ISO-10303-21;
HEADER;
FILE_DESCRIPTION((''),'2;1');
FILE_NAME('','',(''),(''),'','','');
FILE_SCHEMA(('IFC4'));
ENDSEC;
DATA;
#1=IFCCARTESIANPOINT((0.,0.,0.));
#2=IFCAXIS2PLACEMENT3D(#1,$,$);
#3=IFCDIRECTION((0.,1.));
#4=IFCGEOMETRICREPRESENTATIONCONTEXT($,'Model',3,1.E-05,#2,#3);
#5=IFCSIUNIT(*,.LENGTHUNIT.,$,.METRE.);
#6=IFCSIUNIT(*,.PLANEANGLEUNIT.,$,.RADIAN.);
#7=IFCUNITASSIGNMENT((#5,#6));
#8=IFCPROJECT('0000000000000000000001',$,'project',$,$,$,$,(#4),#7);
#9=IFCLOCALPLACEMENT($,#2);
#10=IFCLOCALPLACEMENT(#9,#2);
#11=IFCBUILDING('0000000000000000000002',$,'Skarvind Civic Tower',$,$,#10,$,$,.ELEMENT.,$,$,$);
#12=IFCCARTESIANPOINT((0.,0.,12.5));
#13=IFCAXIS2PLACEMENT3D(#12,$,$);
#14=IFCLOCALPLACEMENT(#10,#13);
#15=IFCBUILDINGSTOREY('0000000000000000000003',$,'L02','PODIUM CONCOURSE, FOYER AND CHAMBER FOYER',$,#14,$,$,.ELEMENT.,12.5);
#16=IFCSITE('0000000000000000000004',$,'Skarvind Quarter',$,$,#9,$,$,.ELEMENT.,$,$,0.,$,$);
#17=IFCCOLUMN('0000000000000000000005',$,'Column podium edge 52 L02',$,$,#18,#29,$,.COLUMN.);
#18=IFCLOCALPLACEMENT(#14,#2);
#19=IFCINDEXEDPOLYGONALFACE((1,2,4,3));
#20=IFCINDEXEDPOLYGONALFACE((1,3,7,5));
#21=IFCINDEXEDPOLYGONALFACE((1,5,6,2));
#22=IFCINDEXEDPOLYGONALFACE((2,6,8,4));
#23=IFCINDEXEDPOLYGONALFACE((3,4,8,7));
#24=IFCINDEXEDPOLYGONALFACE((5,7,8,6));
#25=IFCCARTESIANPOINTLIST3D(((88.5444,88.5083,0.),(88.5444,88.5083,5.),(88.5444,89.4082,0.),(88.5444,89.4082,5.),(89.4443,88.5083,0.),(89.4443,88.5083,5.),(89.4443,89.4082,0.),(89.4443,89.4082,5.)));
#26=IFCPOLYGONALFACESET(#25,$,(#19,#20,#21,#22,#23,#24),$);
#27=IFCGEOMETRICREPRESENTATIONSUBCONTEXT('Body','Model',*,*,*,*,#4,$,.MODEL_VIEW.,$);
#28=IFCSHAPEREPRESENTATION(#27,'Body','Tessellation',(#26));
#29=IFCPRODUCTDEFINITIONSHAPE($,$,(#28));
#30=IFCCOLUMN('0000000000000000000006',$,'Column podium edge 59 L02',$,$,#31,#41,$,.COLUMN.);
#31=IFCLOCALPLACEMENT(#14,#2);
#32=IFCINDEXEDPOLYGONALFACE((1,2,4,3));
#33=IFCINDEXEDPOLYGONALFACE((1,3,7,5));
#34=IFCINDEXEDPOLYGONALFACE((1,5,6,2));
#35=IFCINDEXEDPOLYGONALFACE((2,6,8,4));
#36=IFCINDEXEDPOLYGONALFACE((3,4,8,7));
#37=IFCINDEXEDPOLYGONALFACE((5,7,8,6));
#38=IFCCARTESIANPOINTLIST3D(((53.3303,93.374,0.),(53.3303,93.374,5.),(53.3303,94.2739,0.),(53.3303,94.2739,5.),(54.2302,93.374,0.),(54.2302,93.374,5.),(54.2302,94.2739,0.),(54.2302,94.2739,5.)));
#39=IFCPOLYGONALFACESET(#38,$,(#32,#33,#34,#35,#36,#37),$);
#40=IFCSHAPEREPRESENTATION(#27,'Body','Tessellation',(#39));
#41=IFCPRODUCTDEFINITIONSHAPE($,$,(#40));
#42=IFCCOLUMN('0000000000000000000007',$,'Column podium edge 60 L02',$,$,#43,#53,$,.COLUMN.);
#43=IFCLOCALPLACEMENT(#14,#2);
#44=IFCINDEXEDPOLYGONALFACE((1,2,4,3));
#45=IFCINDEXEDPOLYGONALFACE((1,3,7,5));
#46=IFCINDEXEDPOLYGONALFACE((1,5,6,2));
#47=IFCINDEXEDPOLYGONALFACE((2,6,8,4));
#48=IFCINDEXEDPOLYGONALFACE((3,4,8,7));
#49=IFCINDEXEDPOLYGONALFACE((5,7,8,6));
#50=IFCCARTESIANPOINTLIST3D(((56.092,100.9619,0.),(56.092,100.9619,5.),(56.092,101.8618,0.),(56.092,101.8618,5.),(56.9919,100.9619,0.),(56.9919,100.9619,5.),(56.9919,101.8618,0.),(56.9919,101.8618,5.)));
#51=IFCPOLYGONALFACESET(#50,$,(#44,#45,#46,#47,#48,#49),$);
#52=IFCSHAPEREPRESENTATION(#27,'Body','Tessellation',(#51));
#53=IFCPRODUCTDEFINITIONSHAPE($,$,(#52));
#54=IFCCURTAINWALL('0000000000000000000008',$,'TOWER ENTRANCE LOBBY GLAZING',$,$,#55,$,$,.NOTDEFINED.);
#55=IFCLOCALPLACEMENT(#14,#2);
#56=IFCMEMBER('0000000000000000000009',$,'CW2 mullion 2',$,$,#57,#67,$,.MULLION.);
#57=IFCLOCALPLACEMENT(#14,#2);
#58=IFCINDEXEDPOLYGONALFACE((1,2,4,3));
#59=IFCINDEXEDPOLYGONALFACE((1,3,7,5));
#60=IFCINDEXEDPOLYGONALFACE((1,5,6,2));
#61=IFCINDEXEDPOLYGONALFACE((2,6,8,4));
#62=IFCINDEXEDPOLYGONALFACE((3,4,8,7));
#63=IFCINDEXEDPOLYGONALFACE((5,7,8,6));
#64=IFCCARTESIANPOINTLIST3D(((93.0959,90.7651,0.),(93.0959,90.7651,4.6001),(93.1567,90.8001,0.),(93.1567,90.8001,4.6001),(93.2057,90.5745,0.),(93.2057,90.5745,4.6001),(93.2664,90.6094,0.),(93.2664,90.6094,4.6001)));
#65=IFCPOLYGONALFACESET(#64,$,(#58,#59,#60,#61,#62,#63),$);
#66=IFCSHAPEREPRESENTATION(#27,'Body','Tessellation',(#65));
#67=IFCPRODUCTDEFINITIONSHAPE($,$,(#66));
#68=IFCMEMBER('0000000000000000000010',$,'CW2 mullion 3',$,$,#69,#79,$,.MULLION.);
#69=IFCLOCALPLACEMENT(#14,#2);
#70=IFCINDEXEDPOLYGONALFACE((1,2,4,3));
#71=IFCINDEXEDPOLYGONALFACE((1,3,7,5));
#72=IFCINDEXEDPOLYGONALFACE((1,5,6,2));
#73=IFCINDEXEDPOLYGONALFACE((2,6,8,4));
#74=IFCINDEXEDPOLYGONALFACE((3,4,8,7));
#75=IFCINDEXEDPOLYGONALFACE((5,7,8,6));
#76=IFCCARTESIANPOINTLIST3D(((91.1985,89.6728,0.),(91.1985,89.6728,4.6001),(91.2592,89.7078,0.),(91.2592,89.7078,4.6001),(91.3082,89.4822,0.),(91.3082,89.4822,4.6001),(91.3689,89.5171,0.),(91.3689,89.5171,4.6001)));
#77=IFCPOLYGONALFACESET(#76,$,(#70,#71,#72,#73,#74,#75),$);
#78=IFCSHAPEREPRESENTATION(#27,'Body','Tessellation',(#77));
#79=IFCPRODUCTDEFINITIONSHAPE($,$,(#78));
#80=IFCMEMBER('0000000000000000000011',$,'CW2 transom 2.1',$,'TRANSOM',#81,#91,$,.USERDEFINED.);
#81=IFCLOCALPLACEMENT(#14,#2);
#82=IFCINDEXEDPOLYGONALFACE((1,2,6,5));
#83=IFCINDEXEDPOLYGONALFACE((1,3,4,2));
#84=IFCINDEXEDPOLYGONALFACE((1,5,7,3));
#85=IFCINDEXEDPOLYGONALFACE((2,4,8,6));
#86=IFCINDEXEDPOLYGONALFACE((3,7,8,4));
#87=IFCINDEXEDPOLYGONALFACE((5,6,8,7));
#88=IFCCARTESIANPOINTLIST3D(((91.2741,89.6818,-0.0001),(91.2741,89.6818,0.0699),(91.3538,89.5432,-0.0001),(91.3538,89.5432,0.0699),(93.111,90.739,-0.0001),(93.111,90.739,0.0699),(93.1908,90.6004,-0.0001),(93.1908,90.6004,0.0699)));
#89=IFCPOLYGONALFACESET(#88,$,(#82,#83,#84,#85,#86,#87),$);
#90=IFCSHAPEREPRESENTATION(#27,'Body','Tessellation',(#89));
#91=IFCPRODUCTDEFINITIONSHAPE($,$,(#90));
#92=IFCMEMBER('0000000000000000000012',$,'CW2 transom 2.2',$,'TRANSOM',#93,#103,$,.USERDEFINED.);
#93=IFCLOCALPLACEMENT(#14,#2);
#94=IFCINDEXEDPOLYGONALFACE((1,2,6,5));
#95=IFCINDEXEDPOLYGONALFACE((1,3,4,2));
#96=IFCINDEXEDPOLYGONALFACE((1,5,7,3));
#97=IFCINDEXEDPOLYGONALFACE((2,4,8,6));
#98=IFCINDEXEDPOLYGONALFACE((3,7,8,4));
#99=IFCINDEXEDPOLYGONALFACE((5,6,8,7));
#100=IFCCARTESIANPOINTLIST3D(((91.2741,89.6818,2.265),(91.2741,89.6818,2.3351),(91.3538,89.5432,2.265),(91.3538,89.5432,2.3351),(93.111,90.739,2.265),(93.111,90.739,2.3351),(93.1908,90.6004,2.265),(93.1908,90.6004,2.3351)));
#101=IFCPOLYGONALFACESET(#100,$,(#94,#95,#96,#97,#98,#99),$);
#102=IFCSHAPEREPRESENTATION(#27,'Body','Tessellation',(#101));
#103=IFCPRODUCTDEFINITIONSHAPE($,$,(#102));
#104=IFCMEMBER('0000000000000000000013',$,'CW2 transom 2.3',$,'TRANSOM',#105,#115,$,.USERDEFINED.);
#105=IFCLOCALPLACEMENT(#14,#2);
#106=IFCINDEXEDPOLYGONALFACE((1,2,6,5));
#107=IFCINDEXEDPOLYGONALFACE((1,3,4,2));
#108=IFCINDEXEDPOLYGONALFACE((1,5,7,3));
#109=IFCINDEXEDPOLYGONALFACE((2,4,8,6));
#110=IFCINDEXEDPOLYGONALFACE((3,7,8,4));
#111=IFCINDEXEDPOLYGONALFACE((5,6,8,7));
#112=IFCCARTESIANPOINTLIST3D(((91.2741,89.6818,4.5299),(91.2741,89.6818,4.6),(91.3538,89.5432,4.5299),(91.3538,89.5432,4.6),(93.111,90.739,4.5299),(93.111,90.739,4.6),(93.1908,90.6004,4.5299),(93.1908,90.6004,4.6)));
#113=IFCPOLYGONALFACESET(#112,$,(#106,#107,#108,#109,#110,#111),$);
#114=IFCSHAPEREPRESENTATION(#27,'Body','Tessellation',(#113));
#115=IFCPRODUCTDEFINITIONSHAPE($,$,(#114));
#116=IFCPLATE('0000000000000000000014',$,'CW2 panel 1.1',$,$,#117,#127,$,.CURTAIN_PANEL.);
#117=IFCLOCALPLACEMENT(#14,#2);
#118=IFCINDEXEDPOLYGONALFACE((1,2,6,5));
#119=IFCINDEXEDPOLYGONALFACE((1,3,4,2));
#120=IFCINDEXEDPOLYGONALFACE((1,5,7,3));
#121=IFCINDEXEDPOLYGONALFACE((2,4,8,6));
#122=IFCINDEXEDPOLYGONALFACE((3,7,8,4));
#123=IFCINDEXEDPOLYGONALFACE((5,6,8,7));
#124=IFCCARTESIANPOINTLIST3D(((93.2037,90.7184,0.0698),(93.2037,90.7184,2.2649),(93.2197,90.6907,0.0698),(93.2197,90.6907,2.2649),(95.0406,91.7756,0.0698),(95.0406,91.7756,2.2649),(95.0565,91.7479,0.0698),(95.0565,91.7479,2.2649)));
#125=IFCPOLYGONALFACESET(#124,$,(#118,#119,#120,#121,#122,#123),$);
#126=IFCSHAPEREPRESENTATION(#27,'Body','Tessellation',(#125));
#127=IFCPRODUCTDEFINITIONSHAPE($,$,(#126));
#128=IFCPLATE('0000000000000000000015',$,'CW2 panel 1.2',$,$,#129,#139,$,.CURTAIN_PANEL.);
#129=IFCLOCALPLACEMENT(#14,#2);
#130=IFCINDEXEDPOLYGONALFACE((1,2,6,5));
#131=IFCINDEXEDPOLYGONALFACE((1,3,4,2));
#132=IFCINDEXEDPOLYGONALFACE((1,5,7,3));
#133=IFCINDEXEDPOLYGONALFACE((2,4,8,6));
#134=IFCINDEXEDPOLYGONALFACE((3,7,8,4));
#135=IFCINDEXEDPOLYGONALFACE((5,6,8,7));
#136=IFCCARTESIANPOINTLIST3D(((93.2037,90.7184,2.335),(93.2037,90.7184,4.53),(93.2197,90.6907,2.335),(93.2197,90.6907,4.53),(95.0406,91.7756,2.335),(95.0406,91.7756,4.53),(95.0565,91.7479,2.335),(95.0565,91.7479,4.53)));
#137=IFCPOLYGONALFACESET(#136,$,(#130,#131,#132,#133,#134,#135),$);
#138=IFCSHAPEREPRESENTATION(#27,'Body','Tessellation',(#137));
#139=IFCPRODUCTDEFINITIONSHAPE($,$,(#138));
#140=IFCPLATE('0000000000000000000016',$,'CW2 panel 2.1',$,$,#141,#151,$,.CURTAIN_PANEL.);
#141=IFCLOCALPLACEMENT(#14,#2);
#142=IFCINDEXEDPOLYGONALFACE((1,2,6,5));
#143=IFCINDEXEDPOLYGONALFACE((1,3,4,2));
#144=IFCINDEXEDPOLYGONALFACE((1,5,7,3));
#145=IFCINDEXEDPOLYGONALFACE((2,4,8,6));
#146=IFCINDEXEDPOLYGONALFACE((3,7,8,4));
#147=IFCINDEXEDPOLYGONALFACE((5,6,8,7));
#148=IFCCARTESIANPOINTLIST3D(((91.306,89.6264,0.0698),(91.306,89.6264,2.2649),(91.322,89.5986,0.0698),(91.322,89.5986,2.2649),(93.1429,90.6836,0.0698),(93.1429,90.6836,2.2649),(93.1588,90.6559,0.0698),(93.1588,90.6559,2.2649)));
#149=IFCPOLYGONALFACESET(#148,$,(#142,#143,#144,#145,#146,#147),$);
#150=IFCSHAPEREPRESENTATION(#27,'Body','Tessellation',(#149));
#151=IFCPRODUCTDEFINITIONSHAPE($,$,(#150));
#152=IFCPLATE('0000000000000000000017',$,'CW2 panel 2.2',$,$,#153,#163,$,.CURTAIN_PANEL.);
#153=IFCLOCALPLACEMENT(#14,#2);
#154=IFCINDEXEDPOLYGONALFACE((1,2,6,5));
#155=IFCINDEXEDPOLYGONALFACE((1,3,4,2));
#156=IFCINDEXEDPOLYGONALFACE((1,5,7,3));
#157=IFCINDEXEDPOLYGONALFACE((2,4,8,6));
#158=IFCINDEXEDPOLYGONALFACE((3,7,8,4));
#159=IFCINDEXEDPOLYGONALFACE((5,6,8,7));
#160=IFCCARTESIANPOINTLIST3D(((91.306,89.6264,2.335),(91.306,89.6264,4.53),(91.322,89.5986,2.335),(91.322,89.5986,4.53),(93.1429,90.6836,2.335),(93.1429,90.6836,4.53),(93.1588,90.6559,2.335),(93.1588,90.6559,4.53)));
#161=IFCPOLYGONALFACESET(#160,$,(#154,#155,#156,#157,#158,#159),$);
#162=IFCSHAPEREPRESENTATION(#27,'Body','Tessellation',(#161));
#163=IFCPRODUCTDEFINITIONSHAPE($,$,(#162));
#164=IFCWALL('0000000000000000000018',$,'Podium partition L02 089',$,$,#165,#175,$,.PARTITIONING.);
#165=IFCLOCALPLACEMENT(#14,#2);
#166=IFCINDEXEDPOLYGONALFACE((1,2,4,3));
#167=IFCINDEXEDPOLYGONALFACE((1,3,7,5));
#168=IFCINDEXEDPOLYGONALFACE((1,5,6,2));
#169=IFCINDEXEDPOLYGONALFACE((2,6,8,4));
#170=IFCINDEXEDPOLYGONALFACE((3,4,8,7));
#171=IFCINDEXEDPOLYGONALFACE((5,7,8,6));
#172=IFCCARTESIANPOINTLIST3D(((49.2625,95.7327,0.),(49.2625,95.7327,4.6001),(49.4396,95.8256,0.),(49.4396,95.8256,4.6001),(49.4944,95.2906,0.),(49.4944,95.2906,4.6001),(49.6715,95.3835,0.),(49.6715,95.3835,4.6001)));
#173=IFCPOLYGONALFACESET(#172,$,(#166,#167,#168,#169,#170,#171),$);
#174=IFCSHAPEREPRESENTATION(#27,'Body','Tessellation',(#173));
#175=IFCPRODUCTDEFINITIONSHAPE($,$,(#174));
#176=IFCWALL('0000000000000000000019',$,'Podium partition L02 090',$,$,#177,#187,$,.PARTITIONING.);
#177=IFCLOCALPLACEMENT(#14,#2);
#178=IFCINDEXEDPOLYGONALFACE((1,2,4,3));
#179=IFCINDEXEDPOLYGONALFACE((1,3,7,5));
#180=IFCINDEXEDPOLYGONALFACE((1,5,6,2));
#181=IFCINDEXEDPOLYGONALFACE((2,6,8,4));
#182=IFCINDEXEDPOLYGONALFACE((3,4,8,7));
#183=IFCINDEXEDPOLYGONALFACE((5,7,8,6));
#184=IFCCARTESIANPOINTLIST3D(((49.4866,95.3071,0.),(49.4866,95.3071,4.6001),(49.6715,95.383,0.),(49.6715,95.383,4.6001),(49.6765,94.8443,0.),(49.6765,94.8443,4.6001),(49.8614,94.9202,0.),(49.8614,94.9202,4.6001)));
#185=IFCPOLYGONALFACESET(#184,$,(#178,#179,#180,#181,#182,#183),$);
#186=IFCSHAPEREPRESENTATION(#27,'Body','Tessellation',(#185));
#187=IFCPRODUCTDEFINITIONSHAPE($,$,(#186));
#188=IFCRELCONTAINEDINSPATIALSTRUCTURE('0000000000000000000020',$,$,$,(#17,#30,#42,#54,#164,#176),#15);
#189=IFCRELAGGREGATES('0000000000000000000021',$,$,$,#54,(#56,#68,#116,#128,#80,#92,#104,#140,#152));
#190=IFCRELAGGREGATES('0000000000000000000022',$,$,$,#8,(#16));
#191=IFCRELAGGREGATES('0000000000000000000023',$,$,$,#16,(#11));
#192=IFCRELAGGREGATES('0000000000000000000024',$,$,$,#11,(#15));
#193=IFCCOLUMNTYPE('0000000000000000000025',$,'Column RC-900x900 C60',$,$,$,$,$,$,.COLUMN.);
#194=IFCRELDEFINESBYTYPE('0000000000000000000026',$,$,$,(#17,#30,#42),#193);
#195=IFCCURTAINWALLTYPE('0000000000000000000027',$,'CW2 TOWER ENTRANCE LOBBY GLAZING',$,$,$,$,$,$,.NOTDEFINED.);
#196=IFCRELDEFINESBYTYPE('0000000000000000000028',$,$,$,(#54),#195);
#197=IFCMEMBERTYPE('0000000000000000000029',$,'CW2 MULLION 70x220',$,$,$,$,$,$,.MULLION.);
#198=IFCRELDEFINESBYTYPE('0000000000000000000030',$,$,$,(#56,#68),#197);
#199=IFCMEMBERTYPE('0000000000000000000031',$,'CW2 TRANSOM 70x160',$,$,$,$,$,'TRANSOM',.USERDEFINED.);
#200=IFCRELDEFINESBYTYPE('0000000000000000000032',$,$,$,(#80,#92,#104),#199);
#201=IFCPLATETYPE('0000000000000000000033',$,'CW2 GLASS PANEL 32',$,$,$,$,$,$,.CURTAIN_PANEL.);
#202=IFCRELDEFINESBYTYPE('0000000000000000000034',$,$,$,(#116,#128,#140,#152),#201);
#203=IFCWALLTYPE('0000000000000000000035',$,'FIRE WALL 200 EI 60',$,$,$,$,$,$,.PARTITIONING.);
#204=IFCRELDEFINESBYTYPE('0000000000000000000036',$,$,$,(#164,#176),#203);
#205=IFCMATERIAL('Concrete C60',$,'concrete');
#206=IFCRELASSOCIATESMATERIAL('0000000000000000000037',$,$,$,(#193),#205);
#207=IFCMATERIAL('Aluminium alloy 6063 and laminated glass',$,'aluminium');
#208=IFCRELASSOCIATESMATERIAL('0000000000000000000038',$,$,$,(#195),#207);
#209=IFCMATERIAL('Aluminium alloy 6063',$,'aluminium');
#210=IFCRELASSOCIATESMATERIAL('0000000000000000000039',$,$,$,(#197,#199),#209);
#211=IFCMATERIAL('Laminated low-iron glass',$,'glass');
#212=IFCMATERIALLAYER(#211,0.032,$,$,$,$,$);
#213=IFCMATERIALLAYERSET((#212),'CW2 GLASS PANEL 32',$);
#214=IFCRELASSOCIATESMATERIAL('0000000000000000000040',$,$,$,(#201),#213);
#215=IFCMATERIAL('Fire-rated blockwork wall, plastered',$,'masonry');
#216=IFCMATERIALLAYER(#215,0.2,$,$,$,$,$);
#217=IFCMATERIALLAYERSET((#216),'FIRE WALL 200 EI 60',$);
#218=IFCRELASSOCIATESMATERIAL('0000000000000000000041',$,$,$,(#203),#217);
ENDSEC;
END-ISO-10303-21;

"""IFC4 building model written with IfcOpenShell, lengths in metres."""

from ifc_helpers import new_model, si_unit, direction, frame, frame_2d, origin, origin_2d, place, context, subcontext, project, spatial, rectangle, extrude, material, layer, layer_set, material_profile, profile_set, type_object, element, aggregate, save


model = new_model("IFC4")

# Units and contexts
model_context = context("Model", 3, precision=1e-05, world=origin(), true_north=direction((0.0, 1.0)))
body_context = subcontext(model_context, "Body", "Model", "MODEL_VIEW")
ifc_project = project(units=[si_unit("LENGTHUNIT", "METRE"), si_unit("PLANEANGLEUNIT", "RADIAN")], contexts=[model_context])

# Site, building, storey
site_placement = place(None, origin())
site = spatial("IfcSite", under=ifc_project, at=site_placement, Name="Skarvind Quarter", CompositionType="ELEMENT", RefElevation=0.0)
building_placement = place(site_placement, origin())
building = spatial("IfcBuilding", under=site, at=building_placement, Name="Skarvind Civic Tower", CompositionType="ELEMENT")
storey_placement = place(building_placement, frame((0.0, 0.0, 12.5)))
storey = spatial("IfcBuildingStorey", under=building, at=storey_placement, Name="L02", Description="PODIUM CONCOURSE, FOYER AND CHAMBER FOYER", CompositionType="ELEMENT", Elevation=12.5)

# Columns
ifc_material_1 = material(Name="Concrete C60", Category="concrete")
ifc_material_profile_1 = material_profile(ifc_material_1, rectangle(XDim=0.8999, YDim=0.8999, at=origin_2d()), Name="RC-900x900")
ifc_profile_set_1 = profile_set([ifc_material_profile_1], Name="Concrete C60")
column_type = type_object("IfcColumnType", Name="Column RC-900x900 C60", PredefinedType="COLUMN", material=ifc_profile_set_1)
for number, where, z_axis, x_axis, name in (
    (1, (88.9944, 88.9583, 0.0), (0.0, 0.0, 1.0), (1.0, 0.0, 0.0), "Column podium edge 52 L02"),
    (2, (53.7803, 93.824, 0.0), (0.0, 0.0, 1.0), (1.0, 0.0, 0.0), "Column podium edge 59 L02"),
    (3, (56.542, 101.4119, 0.0), (0.0, 0.0, 1.0), (1.0, 0.0, 0.0), "Column podium edge 60 L02"),
):
    element("IfcColumn", number, at=place(storey_placement, frame(where, z_axis=z_axis, x_axis=x_axis)), inside=storey, type_object=column_type, Name=name, PredefinedType="COLUMN", context=body_context, shape_type="SweptSolid", body=[
        extrude(rectangle(XDim=0.8999, YDim=0.8999, at=origin_2d()), origin(), (0.0, 0.0, 1.0), 5.0),
    ])

# Curtain wall, members, plates
ifc_material_2 = material(Name="Aluminium alloy 6063 and laminated glass", Category="aluminium")
curtain_wall_type = type_object("IfcCurtainWallType", Name="CW2 TOWER ENTRANCE LOBBY GLAZING", PredefinedType="NOTDEFINED", material=ifc_material_2)
curtain_wall_placement = place(storey_placement, origin())
curtain_wall = element("IfcCurtainWall", 4, at=curtain_wall_placement, inside=storey, type_object=curtain_wall_type, Name="TOWER ENTRANCE LOBBY GLAZING", PredefinedType="NOTDEFINED")
ifc_material_3 = material(Name="Aluminium alloy 6063", Category="aluminium")
ifc_material_profile_2 = material_profile(ifc_material_3, rectangle(XDim=0.22, YDim=0.0701, at=origin_2d()), Name="AL 70x220")
ifc_profile_set_2 = profile_set([ifc_material_profile_2], Name="Aluminium alloy 6063")
member_type_1 = type_object("IfcMemberType", Name="CW2 MULLION 70x220", PredefinedType="MULLION", material=ifc_profile_set_2)
member_1_placement = place(storey_placement, frame((93.1812, 90.6873, 0.0), z_axis=(0.0, 0.0, 1.0), x_axis=(0.498838, -0.866695, 0.0)))
member_1 = element("IfcMember", 5, at=member_1_placement, type_object=member_type_1, Name="CW2 mullion 2", PredefinedType="MULLION", context=body_context, shape_type="SweptSolid", body=[
    extrude(rectangle(XDim=0.22, YDim=0.0701, at=origin_2d()), origin(), (0.0, 0.0, 1.0), 4.6001),
])
member_2_placement = place(storey_placement, frame((91.2837, 89.595, 0.0), z_axis=(0.0, 0.0, 1.0), x_axis=(0.498838, -0.866695, 0.0)))
member_2 = element("IfcMember", 6, at=member_2_placement, type_object=member_type_1, Name="CW2 mullion 3", PredefinedType="MULLION", context=body_context, shape_type="SweptSolid", body=[
    extrude(rectangle(XDim=0.22, YDim=0.0701, at=origin_2d()), origin(), (0.0, 0.0, 1.0), 4.6001),
])
ifc_material_profile_3 = material_profile(ifc_material_3, rectangle(XDim=0.1599, YDim=0.0701, at=origin_2d()), Name="AL 70x160")
ifc_profile_set_3 = profile_set([ifc_material_profile_3], Name="Aluminium alloy 6063")
member_type_2 = type_object("IfcMemberType", Name="CW2 TRANSOM 70x160", ElementType="TRANSOM", PredefinedType="USERDEFINED", material=ifc_profile_set_3)
member_3_placement = place(storey_placement, frame((93.1509, 90.6697, 0.0349), z_axis=(-0.866722, -0.498791, 0.0), x_axis=(0.498791, -0.866722, 0.0)))
member_3 = element("IfcMember", 7, at=member_3_placement, type_object=member_type_2, Name="CW2 transom 2.1", ObjectType="TRANSOM", PredefinedType="USERDEFINED", context=body_context, shape_type="SweptSolid", body=[
    extrude(rectangle(XDim=0.1599, YDim=0.0701, at=origin_2d()), origin(), (0.0, 0.0, 1.0), 2.1194),
])
member_4_placement = place(storey_placement, frame((93.1509, 90.6697, 2.3), z_axis=(-0.866722, -0.498791, 0.0), x_axis=(0.498791, -0.866722, 0.0)))
member_4 = element("IfcMember", 8, at=member_4_placement, type_object=member_type_2, Name="CW2 transom 2.2", ObjectType="TRANSOM", PredefinedType="USERDEFINED", context=body_context, shape_type="SweptSolid", body=[
    extrude(rectangle(XDim=0.1599, YDim=0.0701, at=origin_2d()), origin(), (0.0, 0.0, 1.0), 2.1194),
])
member_5_placement = place(storey_placement, frame((93.1509, 90.6697, 4.5649), z_axis=(-0.866722, -0.498791, 0.0), x_axis=(0.498791, -0.866722, 0.0)))
member_5 = element("IfcMember", 9, at=member_5_placement, type_object=member_type_2, Name="CW2 transom 2.3", ObjectType="TRANSOM", PredefinedType="USERDEFINED", context=body_context, shape_type="SweptSolid", body=[
    extrude(rectangle(XDim=0.1599, YDim=0.0701, at=origin_2d()), origin(), (0.0, 0.0, 1.0), 2.1194),
])
ifc_material_4 = material(Name="Laminated low-iron glass", Category="glass")
ifc_layer_1 = layer(ifc_material_4, 0.032)
ifc_layer_set_1 = layer_set([ifc_layer_1], Name="CW2 GLASS PANEL 32")
plate_type = type_object("IfcPlateType", Name="CW2 GLASS PANEL 32", PredefinedType="CURTAIN_PANEL", material=ifc_layer_set_1)
plate_1_placement = place(storey_placement, frame((94.1301, 91.2332, 0.0698), z_axis=(0.0, 0.0, 1.0), x_axis=(-0.866695, -0.498838, 0.0)))
plate_1 = element("IfcPlate", 10, at=plate_1_placement, type_object=plate_type, Name="CW2 panel 1.1", PredefinedType="CURTAIN_PANEL", context=body_context, shape_type="SweptSolid", body=[
    extrude(rectangle(XDim=2.1194, YDim=0.032, at=origin_2d()), origin(), (0.0, 0.0, 1.0), 2.1951),
])
plate_2_placement = place(storey_placement, frame((94.1301, 91.2332, 2.335), z_axis=(0.0, 0.0, 1.0), x_axis=(-0.866695, -0.498838, 0.0)))
plate_2 = element("IfcPlate", 11, at=plate_2_placement, type_object=plate_type, Name="CW2 panel 1.2", PredefinedType="CURTAIN_PANEL", context=body_context, shape_type="SweptSolid", body=[
    extrude(rectangle(XDim=2.1194, YDim=0.032, at=origin_2d()), origin(), (0.0, 0.0, 1.0), 2.1951),
])
plate_3_placement = place(storey_placement, frame((92.2324, 90.1411, 0.0698), z_axis=(0.0, 0.0, 1.0), x_axis=(-0.866695, -0.498838, 0.0)))
plate_3 = element("IfcPlate", 12, at=plate_3_placement, type_object=plate_type, Name="CW2 panel 2.1", PredefinedType="CURTAIN_PANEL", context=body_context, shape_type="SweptSolid", body=[
    extrude(rectangle(XDim=2.1194, YDim=0.032, at=origin_2d()), origin(), (0.0, 0.0, 1.0), 2.1951),
])
plate_4_placement = place(storey_placement, frame((92.2324, 90.1411, 2.335), z_axis=(0.0, 0.0, 1.0), x_axis=(-0.866695, -0.498838, 0.0)))
plate_4 = element("IfcPlate", 13, at=plate_4_placement, type_object=plate_type, Name="CW2 panel 2.2", PredefinedType="CURTAIN_PANEL", context=body_context, shape_type="SweptSolid", body=[
    extrude(rectangle(XDim=2.1194, YDim=0.032, at=origin_2d()), origin(), (0.0, 0.0, 1.0), 2.1951),
])
aggregate(curtain_wall, [member_1, member_2, plate_1, plate_2, member_3, member_4, member_5, plate_3, plate_4])

# Walls
ifc_material_5 = material(Name="Fire-rated blockwork wall, plastered", Category="masonry")
ifc_layer_2 = layer(ifc_material_5, 0.2)
ifc_layer_set_2 = layer_set([ifc_layer_2], Name="FIRE WALL 200 EI 60")
wall_type_1 = type_object("IfcWallType", Name="FIRE WALL 200 EI 60", PredefinedType="PARTITIONING", material=ifc_layer_set_2)
wall_1_placement = place(storey_placement, frame((49.3511, 95.7791, 0.0), z_axis=(0.0, 0.0, 1.0), x_axis=(0.464537, -0.885554, 0.0)))
element("IfcWall", 14, at=wall_1_placement, inside=storey, type_object=wall_type_1, Name="Podium partition L02 089", PredefinedType="PARTITIONING", context=body_context, shape_type="SweptSolid", body=[
    extrude(rectangle(XDim=0.4993, YDim=0.2, at=frame_2d((0.2495, 0.0))), origin(), (0.0, 0.0, 1.0), 4.6001),
])
wall_2_placement = place(storey_placement, frame((49.5791, 95.345, 0.0), z_axis=(0.0, 0.0, 1.0), x_axis=(0.379621, -0.925142, 0.0)))
element("IfcWall", 15, at=wall_2_placement, inside=storey, type_object=wall_type_1, Name="Podium partition L02 090", PredefinedType="PARTITIONING", context=body_context, shape_type="SweptSolid", body=[
    extrude(rectangle(XDim=0.5002, YDim=0.2, at=frame_2d((0.25, 0.0))), origin(), (0.0, 0.0, 1.0), 4.6001),
])

save(model, "model.ifc")
